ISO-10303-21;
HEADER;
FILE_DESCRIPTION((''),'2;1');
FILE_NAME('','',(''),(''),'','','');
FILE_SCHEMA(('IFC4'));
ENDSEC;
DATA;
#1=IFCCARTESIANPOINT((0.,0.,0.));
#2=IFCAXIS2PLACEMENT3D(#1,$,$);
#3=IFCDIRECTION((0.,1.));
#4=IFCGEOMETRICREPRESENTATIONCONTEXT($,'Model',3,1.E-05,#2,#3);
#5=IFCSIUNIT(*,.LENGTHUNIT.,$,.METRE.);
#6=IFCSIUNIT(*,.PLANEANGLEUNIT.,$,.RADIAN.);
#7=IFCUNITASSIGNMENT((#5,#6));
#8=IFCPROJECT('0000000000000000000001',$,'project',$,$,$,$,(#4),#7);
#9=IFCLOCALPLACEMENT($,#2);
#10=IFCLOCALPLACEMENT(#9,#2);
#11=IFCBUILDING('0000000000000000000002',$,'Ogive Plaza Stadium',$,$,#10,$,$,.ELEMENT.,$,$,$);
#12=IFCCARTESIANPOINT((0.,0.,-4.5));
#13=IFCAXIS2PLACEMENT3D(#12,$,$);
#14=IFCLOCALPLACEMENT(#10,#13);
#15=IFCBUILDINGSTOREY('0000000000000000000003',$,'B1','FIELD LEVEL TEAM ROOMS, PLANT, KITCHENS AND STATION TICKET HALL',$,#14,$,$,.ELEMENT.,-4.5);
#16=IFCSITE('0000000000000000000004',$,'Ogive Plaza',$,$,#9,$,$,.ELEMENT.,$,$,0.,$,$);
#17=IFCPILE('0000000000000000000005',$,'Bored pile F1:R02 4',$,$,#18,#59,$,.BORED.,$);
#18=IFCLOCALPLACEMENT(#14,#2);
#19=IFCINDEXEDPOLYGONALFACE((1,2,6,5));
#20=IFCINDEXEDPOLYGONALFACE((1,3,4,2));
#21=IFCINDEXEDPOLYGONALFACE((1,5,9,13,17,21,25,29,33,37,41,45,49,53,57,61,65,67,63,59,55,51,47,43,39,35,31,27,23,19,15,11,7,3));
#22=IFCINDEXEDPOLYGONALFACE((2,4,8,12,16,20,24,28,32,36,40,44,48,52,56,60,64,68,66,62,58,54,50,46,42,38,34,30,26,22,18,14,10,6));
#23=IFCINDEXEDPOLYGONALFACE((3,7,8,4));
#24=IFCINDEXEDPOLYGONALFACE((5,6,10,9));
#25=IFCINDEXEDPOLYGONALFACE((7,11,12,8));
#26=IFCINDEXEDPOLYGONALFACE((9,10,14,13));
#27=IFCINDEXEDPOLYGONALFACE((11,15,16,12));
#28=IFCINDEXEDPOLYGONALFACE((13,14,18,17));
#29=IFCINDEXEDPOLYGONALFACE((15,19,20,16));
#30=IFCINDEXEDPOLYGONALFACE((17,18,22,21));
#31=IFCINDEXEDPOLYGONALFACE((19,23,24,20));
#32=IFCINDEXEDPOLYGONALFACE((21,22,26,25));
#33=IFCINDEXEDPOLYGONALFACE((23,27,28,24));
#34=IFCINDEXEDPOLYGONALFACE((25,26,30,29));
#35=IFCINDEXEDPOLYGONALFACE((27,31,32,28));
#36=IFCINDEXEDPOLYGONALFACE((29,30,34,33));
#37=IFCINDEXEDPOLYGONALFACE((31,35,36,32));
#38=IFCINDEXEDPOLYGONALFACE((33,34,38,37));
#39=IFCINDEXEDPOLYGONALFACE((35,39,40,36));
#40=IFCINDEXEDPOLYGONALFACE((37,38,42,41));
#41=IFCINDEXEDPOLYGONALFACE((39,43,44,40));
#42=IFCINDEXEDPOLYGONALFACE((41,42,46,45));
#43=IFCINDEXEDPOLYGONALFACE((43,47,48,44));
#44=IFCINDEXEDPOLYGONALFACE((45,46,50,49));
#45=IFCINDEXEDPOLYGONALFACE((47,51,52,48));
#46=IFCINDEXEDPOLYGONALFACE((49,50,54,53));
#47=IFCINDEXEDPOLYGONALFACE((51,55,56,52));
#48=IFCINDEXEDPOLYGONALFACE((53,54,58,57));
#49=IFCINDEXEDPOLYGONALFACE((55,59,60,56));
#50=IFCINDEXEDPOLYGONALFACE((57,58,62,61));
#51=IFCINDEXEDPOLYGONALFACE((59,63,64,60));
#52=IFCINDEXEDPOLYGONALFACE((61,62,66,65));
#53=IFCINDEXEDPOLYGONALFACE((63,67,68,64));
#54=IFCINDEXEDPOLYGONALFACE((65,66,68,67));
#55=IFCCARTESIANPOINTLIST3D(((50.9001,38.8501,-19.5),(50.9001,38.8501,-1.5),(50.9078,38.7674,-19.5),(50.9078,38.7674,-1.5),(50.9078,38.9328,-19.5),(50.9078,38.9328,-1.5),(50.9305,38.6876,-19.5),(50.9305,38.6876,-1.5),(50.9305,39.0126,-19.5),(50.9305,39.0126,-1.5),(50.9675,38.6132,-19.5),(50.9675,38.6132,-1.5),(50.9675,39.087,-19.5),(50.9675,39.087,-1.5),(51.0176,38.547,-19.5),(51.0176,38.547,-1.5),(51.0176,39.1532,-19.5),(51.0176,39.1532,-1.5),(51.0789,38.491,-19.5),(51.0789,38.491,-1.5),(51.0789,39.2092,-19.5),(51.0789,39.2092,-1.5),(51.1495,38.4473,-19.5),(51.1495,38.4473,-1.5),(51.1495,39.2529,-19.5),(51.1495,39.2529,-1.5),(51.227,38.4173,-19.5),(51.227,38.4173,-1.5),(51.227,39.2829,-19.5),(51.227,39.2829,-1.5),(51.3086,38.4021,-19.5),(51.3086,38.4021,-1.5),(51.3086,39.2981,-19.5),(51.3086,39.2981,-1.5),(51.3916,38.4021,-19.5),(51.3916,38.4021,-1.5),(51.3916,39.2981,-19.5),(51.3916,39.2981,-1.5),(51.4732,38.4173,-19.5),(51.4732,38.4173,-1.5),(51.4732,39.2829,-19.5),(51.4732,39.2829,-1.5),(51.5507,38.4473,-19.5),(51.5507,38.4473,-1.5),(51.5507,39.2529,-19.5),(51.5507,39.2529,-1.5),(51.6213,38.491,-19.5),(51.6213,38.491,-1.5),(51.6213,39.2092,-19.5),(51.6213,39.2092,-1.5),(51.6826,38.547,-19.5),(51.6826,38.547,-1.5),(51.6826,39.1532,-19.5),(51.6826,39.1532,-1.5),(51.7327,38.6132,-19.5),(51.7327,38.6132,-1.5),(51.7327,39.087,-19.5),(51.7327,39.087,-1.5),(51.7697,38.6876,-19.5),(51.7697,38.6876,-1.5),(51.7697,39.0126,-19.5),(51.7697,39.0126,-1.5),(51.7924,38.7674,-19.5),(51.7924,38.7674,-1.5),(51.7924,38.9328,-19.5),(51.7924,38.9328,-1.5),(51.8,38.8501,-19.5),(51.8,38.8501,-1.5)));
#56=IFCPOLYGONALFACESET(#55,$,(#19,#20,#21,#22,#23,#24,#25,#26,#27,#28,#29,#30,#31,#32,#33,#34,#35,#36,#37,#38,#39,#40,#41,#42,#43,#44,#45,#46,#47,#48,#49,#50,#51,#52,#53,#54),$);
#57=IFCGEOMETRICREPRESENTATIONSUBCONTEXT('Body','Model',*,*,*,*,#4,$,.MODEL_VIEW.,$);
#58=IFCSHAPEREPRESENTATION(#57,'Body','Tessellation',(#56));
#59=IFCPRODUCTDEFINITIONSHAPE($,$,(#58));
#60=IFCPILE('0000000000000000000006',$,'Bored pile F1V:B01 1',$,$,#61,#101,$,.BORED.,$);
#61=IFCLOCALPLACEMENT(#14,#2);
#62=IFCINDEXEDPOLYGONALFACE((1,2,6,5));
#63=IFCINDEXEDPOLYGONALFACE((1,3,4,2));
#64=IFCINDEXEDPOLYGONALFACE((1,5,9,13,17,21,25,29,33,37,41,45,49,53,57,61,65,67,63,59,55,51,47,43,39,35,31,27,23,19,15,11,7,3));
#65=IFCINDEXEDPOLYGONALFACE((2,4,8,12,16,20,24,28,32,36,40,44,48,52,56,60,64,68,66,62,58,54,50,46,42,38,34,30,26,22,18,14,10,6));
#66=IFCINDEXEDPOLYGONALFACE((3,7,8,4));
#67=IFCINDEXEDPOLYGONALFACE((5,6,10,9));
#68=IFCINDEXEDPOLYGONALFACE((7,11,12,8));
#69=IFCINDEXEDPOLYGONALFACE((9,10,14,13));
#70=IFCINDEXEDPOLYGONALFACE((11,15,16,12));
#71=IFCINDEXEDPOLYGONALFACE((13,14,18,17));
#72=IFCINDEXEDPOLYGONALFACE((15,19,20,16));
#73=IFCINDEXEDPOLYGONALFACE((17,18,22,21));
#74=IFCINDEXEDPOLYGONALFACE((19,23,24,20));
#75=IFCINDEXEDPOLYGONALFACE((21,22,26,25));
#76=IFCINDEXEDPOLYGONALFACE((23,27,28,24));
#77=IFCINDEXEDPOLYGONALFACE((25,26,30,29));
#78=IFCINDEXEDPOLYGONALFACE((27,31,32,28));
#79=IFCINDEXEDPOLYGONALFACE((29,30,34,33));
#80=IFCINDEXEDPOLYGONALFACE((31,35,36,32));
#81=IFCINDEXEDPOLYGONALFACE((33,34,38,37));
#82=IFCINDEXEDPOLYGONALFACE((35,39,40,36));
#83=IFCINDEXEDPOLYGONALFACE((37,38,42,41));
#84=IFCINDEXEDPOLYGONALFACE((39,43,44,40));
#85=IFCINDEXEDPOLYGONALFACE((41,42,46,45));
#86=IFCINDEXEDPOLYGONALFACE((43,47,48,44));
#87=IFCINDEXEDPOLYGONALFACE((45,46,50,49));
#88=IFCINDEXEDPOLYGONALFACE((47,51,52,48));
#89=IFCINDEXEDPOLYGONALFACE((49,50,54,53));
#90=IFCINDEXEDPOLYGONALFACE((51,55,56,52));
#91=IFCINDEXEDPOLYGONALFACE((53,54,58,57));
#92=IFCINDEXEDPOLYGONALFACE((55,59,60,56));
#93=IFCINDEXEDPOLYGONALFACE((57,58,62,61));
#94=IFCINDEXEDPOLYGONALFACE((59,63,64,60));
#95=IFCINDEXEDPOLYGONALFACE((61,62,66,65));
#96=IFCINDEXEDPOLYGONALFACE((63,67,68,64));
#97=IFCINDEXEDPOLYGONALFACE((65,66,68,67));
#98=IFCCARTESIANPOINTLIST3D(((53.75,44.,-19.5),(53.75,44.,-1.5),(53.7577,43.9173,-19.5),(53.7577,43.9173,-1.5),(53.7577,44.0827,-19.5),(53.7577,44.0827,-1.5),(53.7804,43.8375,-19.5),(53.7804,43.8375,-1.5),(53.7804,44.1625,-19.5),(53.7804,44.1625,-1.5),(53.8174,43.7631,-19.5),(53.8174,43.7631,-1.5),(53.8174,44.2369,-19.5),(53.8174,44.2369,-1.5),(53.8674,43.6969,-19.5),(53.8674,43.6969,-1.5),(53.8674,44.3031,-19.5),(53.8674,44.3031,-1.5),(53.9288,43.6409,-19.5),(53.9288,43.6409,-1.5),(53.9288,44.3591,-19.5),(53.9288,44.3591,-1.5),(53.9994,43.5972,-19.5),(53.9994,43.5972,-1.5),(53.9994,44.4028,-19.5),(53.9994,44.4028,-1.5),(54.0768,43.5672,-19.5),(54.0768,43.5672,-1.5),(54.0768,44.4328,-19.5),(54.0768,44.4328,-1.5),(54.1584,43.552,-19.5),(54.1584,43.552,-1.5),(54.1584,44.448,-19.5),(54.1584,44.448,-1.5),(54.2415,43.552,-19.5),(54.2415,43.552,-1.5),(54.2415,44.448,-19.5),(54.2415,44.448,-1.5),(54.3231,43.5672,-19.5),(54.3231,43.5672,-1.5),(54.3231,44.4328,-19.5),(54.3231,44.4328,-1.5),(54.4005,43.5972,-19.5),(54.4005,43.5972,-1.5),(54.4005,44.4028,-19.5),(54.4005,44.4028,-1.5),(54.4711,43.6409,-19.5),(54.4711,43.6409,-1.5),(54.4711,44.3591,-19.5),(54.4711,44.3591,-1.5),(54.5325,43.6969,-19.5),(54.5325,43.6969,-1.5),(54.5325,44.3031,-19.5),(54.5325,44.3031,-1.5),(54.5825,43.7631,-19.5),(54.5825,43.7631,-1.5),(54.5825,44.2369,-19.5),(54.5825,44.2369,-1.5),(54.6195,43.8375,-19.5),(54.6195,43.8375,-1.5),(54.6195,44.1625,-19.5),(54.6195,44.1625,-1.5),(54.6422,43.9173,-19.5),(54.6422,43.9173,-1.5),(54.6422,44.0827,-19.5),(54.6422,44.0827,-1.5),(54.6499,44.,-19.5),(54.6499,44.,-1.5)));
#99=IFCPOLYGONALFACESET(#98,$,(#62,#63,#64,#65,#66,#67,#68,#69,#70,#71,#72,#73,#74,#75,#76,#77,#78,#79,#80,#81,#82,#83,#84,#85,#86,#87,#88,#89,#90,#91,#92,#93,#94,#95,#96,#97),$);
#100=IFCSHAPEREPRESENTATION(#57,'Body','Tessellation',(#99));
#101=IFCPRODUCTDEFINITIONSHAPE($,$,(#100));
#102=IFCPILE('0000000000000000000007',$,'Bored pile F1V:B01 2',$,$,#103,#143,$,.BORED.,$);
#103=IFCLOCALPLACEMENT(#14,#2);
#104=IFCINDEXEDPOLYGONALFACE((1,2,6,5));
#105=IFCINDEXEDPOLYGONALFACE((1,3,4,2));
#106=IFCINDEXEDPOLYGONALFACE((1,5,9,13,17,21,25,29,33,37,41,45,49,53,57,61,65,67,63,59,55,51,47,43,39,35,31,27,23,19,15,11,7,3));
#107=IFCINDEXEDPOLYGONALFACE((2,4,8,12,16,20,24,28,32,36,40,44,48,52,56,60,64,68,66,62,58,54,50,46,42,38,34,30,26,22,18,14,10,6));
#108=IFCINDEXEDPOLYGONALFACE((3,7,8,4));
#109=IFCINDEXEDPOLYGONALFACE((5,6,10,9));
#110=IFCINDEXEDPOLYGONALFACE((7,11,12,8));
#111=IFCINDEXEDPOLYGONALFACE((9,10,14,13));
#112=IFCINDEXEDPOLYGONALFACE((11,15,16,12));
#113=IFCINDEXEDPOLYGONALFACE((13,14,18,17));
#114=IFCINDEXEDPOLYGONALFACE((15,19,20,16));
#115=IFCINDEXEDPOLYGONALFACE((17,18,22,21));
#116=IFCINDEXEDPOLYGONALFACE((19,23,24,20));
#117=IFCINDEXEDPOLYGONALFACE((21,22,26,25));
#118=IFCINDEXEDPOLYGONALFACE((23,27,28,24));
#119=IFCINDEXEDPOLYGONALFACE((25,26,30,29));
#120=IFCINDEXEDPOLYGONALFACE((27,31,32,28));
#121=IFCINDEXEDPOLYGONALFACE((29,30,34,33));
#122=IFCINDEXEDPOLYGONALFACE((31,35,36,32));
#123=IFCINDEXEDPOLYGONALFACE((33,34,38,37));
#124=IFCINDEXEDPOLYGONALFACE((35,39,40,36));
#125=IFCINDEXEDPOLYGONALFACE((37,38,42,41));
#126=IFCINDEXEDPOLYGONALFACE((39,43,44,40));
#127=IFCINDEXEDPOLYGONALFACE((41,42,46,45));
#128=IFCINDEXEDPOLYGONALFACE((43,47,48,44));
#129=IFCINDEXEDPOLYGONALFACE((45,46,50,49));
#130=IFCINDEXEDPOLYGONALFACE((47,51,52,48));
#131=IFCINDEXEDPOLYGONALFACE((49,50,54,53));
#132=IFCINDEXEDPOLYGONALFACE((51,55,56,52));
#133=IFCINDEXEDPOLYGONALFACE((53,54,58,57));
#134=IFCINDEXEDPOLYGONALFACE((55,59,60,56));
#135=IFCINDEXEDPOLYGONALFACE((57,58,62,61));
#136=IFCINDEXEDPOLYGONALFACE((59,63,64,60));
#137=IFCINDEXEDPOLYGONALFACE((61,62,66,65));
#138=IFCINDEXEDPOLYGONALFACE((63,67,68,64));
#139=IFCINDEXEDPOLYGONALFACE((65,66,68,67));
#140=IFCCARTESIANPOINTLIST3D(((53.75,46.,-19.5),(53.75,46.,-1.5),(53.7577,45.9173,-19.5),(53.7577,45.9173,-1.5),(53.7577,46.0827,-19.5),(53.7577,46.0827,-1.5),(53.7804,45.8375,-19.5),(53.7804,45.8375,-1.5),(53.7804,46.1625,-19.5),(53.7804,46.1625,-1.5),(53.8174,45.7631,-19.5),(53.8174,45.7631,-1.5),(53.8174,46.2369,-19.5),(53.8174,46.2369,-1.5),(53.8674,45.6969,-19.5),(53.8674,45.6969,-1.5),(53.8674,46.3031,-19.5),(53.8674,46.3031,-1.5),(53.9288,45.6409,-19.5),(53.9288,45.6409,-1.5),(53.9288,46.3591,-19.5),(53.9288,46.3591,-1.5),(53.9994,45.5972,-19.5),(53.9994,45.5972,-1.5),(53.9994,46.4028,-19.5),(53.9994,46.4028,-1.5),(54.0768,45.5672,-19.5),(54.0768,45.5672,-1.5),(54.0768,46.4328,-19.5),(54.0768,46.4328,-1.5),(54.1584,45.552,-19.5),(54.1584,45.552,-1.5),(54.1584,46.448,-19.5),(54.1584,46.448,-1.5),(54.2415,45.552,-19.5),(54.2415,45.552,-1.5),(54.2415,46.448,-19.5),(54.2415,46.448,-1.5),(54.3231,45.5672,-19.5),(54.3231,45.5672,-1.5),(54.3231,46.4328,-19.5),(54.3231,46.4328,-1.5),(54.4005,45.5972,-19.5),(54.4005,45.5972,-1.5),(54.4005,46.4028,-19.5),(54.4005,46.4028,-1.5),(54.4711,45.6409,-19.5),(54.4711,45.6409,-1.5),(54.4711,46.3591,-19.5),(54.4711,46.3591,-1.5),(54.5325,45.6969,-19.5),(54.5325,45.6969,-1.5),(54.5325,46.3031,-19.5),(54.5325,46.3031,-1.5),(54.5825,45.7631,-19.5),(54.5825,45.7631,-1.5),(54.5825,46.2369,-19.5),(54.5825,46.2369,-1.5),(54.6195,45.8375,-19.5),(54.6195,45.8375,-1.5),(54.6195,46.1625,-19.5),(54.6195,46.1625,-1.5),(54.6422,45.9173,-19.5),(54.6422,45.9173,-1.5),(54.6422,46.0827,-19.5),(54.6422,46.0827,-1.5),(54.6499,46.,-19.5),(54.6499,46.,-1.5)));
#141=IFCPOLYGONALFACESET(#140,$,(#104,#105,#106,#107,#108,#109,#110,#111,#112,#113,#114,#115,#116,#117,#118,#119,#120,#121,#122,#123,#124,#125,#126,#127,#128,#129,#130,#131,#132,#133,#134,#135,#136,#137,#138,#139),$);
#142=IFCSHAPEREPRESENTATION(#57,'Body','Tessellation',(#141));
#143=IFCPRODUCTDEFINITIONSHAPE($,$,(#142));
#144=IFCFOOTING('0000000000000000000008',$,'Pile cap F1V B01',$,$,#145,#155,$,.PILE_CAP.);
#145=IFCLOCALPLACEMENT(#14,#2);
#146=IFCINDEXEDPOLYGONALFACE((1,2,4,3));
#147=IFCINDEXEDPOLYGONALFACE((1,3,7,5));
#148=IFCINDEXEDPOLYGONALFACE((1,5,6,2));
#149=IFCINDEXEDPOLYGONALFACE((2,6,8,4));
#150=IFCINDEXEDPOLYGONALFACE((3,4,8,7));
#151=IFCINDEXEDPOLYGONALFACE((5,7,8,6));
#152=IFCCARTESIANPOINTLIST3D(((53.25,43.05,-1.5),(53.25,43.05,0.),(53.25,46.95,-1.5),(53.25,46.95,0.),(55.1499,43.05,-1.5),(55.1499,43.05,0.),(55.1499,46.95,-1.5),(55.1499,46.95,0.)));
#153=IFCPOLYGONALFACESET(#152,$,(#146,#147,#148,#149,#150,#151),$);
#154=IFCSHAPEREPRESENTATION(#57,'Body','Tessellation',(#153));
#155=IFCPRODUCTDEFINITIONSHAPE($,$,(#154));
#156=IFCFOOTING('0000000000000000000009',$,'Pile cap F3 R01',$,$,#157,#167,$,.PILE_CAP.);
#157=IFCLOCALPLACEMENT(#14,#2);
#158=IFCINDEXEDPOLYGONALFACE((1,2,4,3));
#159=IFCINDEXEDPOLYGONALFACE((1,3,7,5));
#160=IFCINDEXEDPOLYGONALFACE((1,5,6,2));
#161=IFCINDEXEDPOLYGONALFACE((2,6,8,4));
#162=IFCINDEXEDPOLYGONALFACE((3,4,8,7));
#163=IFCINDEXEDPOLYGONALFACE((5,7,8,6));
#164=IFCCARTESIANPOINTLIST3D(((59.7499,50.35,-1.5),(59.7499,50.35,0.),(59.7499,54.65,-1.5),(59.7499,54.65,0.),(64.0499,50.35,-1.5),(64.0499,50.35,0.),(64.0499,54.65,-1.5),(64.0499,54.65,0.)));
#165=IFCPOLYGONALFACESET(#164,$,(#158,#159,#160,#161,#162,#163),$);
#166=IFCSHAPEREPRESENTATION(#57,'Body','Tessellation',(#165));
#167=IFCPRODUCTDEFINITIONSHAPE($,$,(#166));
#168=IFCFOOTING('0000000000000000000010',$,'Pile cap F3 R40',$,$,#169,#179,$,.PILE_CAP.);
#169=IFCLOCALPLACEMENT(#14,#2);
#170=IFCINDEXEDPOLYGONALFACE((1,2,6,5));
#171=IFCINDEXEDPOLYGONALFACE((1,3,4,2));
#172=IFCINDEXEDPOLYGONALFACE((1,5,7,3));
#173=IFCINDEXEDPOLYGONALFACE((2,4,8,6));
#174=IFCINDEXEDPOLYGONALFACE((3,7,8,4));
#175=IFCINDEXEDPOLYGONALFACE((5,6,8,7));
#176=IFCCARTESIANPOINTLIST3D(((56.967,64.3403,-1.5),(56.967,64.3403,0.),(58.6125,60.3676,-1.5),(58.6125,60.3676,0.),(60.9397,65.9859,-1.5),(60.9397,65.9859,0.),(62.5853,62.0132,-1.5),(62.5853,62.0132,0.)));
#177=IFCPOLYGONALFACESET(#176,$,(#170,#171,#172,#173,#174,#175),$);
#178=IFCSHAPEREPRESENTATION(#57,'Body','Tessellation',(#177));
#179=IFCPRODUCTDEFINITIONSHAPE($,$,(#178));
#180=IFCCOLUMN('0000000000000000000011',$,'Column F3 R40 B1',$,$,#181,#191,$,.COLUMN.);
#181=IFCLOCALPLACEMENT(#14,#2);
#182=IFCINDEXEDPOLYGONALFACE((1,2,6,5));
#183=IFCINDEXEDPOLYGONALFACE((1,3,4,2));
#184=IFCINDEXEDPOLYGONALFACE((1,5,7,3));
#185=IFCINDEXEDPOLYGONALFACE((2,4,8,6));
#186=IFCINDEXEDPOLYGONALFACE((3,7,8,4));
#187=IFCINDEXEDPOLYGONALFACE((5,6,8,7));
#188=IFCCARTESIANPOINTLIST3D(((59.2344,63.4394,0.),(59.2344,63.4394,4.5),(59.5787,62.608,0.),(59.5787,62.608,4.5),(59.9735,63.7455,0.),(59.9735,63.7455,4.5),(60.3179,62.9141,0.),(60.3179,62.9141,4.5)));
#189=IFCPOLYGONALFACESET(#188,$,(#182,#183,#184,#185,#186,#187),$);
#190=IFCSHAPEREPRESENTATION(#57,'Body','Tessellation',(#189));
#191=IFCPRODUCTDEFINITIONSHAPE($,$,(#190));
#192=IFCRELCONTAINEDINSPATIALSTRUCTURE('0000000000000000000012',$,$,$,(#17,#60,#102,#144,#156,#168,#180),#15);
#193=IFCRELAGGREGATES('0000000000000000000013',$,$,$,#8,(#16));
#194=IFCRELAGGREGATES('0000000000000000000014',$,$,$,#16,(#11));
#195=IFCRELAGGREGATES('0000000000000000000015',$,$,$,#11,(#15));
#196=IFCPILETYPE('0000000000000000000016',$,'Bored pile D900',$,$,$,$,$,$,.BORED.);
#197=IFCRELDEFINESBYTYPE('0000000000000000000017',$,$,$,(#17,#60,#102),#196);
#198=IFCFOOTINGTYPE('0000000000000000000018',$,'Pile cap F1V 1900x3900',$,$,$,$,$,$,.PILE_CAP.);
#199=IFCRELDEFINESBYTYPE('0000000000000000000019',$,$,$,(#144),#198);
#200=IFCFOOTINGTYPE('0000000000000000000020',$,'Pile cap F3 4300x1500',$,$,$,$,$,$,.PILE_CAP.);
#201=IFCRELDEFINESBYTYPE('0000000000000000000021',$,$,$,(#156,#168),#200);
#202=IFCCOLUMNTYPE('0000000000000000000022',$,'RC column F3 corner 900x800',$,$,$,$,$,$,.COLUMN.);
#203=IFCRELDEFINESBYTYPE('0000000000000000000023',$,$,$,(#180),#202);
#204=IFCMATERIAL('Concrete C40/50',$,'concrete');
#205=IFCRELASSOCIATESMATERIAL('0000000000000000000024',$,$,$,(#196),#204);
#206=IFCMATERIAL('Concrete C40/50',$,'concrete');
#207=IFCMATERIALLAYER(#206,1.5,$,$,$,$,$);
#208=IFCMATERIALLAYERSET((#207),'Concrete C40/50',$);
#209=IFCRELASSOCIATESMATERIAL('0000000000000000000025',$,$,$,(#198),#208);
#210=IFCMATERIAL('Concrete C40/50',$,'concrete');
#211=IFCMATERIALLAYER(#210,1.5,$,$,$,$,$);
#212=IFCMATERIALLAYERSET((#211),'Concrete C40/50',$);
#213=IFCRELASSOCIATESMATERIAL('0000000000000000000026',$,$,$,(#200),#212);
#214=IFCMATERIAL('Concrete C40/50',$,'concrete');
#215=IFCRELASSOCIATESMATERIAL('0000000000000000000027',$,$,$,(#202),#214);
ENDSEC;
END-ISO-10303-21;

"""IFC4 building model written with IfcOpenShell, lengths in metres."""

from ifc_helpers import new_model, si_unit, direction, frame, origin, origin_2d, place, context, subcontext, project, spatial, rectangle, circle, extrude, material, layer, layer_set, material_profile, profile_set, type_object, element, save


model = new_model("IFC4")

# Units and contexts
model_context = context("Model", 3, precision=1e-05, world=origin(), true_north=direction((0.0, 1.0)))
body_context = subcontext(model_context, "Body", "Model", "MODEL_VIEW")
ifc_project = project(units=[si_unit("LENGTHUNIT", "METRE"), si_unit("PLANEANGLEUNIT", "RADIAN")], contexts=[model_context])

# Site, building, storey
site_placement = place(None, origin())
site = spatial("IfcSite", under=ifc_project, at=site_placement, Name="Ogive Plaza", CompositionType="ELEMENT", RefElevation=0.0)
building_placement = place(site_placement, origin())
building = spatial("IfcBuilding", under=site, at=building_placement, Name="Ogive Plaza Stadium", CompositionType="ELEMENT")
storey_placement = place(building_placement, frame((0.0, 0.0, -4.5)))
storey = spatial("IfcBuildingStorey", under=building, at=storey_placement, Name="B1", Description="FIELD LEVEL TEAM ROOMS, PLANT, KITCHENS AND STATION TICKET HALL", CompositionType="ELEMENT", Elevation=-4.5)

# Piles
ifc_material_1 = material(Name="Concrete C40/50", Category="concrete")
ifc_material_profile_1 = material_profile(ifc_material_1, circle(Radius=0.45, at=origin_2d()), Name="RC D900")
ifc_profile_set_1 = profile_set([ifc_material_profile_1], Name="Concrete C40/50")
pile_type_1 = type_object("IfcPileType", Name="Bored pile D900", PredefinedType="BORED", material=ifc_profile_set_1)
for number, where, z_axis, x_axis, name in (
    (1, (51.3501, 38.8501, -1.5), (0.0, 0.0, -1.0), (1.0, 0.0, 0.0), "Bored pile F1:R02 4"),
    (2, (54.2, 44.0, -1.5), (0.0, 0.0, -1.0), (1.0, 0.0, 0.0), "Bored pile F1V:B01 1"),
    (3, (54.2, 46.0, -1.5), (0.0, 0.0, -1.0), (1.0, 0.0, 0.0), "Bored pile F1V:B01 2"),
):
    element("IfcPile", number, at=place(storey_placement, frame(where, z_axis=z_axis, x_axis=x_axis)), inside=storey, type_object=pile_type_1, Name=name, PredefinedType="BORED", context=body_context, shape_type="SweptSolid", body=[
        extrude(circle(Radius=0.45, at=origin_2d()), origin(), (0.0, 0.0, 1.0), 18.0),
    ])

# Footings
ifc_material_2 = material(Name="Concrete C40/50", Category="concrete")
ifc_layer_1 = layer(ifc_material_2, 1.5)
ifc_layer_set_1 = layer_set([ifc_layer_1], Name="Concrete C40/50")
footing_type_1 = type_object("IfcFootingType", Name="Pile cap F1V 1900x3900", PredefinedType="PILE_CAP", material=ifc_layer_set_1)
footing_placement = place(storey_placement, frame((54.2, 45.0, -1.5), z_axis=(0.0, 0.0, 1.0), x_axis=(1.0, 0.0, 0.0)))
element("IfcFooting", 4, at=footing_placement, inside=storey, type_object=footing_type_1, Name="Pile cap F1V B01", PredefinedType="PILE_CAP", context=body_context, shape_type="SweptSolid", body=[
    extrude(rectangle(XDim=1.8999, YDim=3.8999, at=origin_2d()), origin(), (0.0, 0.0, 1.0), 1.5),
])
ifc_material_3 = material(Name="Concrete C40/50", Category="concrete")
ifc_layer_2 = layer(ifc_material_3, 1.5)
ifc_layer_set_2 = layer_set([ifc_layer_2], Name="Concrete C40/50")
footing_type_2 = type_object("IfcFootingType", Name="Pile cap F3 4300x1500", PredefinedType="PILE_CAP", material=ifc_layer_set_2)
for number, where, z_axis, x_axis, name in (
    (5, (61.8999, 52.5, -1.5), (0.0, 0.0, 1.0), (1.0, 0.0, 0.0), "Pile cap F3 R01"),
    (6, (59.7761, 63.1768, -1.5), (0.0, 0.0, 1.0), (0.92388, 0.382683, 0.0), "Pile cap F3 R40"),
):
    element("IfcFooting", number, at=place(storey_placement, frame(where, z_axis=z_axis, x_axis=x_axis)), inside=storey, type_object=footing_type_2, Name=name, PredefinedType="PILE_CAP", context=body_context, shape_type="SweptSolid", body=[
        extrude(rectangle(XDim=4.3, YDim=4.3, at=origin_2d()), origin(), (0.0, 0.0, 1.0), 1.5),
    ])

# Column
ifc_material_4 = material(Name="Concrete C40/50", Category="concrete")
ifc_material_profile_2 = material_profile(ifc_material_4, rectangle(XDim=0.8999, YDim=0.8, at=origin_2d()), Name="RC 900x800")
ifc_profile_set_2 = profile_set([ifc_material_profile_2], Name="Concrete C40/50")
column_type_1 = type_object("IfcColumnType", Name="RC column F3 corner 900x800", PredefinedType="COLUMN", material=ifc_profile_set_2)
column_1_placement = place(storey_placement, frame((59.7761, 63.1768, 0.0), z_axis=(0.0, 0.0, 1.0), x_axis=(-0.382683, 0.92388, 0.0)))
element("IfcColumn", 7, at=column_1_placement, inside=storey, type_object=column_type_1, Name="Column F3 R40 B1", PredefinedType="COLUMN", context=body_context, shape_type="SweptSolid", body=[
    extrude(rectangle(XDim=0.8999, YDim=0.8, at=origin_2d()), origin(), (0.0, 0.0, 1.0), 4.5),
])

save(model, "model.ifc")
